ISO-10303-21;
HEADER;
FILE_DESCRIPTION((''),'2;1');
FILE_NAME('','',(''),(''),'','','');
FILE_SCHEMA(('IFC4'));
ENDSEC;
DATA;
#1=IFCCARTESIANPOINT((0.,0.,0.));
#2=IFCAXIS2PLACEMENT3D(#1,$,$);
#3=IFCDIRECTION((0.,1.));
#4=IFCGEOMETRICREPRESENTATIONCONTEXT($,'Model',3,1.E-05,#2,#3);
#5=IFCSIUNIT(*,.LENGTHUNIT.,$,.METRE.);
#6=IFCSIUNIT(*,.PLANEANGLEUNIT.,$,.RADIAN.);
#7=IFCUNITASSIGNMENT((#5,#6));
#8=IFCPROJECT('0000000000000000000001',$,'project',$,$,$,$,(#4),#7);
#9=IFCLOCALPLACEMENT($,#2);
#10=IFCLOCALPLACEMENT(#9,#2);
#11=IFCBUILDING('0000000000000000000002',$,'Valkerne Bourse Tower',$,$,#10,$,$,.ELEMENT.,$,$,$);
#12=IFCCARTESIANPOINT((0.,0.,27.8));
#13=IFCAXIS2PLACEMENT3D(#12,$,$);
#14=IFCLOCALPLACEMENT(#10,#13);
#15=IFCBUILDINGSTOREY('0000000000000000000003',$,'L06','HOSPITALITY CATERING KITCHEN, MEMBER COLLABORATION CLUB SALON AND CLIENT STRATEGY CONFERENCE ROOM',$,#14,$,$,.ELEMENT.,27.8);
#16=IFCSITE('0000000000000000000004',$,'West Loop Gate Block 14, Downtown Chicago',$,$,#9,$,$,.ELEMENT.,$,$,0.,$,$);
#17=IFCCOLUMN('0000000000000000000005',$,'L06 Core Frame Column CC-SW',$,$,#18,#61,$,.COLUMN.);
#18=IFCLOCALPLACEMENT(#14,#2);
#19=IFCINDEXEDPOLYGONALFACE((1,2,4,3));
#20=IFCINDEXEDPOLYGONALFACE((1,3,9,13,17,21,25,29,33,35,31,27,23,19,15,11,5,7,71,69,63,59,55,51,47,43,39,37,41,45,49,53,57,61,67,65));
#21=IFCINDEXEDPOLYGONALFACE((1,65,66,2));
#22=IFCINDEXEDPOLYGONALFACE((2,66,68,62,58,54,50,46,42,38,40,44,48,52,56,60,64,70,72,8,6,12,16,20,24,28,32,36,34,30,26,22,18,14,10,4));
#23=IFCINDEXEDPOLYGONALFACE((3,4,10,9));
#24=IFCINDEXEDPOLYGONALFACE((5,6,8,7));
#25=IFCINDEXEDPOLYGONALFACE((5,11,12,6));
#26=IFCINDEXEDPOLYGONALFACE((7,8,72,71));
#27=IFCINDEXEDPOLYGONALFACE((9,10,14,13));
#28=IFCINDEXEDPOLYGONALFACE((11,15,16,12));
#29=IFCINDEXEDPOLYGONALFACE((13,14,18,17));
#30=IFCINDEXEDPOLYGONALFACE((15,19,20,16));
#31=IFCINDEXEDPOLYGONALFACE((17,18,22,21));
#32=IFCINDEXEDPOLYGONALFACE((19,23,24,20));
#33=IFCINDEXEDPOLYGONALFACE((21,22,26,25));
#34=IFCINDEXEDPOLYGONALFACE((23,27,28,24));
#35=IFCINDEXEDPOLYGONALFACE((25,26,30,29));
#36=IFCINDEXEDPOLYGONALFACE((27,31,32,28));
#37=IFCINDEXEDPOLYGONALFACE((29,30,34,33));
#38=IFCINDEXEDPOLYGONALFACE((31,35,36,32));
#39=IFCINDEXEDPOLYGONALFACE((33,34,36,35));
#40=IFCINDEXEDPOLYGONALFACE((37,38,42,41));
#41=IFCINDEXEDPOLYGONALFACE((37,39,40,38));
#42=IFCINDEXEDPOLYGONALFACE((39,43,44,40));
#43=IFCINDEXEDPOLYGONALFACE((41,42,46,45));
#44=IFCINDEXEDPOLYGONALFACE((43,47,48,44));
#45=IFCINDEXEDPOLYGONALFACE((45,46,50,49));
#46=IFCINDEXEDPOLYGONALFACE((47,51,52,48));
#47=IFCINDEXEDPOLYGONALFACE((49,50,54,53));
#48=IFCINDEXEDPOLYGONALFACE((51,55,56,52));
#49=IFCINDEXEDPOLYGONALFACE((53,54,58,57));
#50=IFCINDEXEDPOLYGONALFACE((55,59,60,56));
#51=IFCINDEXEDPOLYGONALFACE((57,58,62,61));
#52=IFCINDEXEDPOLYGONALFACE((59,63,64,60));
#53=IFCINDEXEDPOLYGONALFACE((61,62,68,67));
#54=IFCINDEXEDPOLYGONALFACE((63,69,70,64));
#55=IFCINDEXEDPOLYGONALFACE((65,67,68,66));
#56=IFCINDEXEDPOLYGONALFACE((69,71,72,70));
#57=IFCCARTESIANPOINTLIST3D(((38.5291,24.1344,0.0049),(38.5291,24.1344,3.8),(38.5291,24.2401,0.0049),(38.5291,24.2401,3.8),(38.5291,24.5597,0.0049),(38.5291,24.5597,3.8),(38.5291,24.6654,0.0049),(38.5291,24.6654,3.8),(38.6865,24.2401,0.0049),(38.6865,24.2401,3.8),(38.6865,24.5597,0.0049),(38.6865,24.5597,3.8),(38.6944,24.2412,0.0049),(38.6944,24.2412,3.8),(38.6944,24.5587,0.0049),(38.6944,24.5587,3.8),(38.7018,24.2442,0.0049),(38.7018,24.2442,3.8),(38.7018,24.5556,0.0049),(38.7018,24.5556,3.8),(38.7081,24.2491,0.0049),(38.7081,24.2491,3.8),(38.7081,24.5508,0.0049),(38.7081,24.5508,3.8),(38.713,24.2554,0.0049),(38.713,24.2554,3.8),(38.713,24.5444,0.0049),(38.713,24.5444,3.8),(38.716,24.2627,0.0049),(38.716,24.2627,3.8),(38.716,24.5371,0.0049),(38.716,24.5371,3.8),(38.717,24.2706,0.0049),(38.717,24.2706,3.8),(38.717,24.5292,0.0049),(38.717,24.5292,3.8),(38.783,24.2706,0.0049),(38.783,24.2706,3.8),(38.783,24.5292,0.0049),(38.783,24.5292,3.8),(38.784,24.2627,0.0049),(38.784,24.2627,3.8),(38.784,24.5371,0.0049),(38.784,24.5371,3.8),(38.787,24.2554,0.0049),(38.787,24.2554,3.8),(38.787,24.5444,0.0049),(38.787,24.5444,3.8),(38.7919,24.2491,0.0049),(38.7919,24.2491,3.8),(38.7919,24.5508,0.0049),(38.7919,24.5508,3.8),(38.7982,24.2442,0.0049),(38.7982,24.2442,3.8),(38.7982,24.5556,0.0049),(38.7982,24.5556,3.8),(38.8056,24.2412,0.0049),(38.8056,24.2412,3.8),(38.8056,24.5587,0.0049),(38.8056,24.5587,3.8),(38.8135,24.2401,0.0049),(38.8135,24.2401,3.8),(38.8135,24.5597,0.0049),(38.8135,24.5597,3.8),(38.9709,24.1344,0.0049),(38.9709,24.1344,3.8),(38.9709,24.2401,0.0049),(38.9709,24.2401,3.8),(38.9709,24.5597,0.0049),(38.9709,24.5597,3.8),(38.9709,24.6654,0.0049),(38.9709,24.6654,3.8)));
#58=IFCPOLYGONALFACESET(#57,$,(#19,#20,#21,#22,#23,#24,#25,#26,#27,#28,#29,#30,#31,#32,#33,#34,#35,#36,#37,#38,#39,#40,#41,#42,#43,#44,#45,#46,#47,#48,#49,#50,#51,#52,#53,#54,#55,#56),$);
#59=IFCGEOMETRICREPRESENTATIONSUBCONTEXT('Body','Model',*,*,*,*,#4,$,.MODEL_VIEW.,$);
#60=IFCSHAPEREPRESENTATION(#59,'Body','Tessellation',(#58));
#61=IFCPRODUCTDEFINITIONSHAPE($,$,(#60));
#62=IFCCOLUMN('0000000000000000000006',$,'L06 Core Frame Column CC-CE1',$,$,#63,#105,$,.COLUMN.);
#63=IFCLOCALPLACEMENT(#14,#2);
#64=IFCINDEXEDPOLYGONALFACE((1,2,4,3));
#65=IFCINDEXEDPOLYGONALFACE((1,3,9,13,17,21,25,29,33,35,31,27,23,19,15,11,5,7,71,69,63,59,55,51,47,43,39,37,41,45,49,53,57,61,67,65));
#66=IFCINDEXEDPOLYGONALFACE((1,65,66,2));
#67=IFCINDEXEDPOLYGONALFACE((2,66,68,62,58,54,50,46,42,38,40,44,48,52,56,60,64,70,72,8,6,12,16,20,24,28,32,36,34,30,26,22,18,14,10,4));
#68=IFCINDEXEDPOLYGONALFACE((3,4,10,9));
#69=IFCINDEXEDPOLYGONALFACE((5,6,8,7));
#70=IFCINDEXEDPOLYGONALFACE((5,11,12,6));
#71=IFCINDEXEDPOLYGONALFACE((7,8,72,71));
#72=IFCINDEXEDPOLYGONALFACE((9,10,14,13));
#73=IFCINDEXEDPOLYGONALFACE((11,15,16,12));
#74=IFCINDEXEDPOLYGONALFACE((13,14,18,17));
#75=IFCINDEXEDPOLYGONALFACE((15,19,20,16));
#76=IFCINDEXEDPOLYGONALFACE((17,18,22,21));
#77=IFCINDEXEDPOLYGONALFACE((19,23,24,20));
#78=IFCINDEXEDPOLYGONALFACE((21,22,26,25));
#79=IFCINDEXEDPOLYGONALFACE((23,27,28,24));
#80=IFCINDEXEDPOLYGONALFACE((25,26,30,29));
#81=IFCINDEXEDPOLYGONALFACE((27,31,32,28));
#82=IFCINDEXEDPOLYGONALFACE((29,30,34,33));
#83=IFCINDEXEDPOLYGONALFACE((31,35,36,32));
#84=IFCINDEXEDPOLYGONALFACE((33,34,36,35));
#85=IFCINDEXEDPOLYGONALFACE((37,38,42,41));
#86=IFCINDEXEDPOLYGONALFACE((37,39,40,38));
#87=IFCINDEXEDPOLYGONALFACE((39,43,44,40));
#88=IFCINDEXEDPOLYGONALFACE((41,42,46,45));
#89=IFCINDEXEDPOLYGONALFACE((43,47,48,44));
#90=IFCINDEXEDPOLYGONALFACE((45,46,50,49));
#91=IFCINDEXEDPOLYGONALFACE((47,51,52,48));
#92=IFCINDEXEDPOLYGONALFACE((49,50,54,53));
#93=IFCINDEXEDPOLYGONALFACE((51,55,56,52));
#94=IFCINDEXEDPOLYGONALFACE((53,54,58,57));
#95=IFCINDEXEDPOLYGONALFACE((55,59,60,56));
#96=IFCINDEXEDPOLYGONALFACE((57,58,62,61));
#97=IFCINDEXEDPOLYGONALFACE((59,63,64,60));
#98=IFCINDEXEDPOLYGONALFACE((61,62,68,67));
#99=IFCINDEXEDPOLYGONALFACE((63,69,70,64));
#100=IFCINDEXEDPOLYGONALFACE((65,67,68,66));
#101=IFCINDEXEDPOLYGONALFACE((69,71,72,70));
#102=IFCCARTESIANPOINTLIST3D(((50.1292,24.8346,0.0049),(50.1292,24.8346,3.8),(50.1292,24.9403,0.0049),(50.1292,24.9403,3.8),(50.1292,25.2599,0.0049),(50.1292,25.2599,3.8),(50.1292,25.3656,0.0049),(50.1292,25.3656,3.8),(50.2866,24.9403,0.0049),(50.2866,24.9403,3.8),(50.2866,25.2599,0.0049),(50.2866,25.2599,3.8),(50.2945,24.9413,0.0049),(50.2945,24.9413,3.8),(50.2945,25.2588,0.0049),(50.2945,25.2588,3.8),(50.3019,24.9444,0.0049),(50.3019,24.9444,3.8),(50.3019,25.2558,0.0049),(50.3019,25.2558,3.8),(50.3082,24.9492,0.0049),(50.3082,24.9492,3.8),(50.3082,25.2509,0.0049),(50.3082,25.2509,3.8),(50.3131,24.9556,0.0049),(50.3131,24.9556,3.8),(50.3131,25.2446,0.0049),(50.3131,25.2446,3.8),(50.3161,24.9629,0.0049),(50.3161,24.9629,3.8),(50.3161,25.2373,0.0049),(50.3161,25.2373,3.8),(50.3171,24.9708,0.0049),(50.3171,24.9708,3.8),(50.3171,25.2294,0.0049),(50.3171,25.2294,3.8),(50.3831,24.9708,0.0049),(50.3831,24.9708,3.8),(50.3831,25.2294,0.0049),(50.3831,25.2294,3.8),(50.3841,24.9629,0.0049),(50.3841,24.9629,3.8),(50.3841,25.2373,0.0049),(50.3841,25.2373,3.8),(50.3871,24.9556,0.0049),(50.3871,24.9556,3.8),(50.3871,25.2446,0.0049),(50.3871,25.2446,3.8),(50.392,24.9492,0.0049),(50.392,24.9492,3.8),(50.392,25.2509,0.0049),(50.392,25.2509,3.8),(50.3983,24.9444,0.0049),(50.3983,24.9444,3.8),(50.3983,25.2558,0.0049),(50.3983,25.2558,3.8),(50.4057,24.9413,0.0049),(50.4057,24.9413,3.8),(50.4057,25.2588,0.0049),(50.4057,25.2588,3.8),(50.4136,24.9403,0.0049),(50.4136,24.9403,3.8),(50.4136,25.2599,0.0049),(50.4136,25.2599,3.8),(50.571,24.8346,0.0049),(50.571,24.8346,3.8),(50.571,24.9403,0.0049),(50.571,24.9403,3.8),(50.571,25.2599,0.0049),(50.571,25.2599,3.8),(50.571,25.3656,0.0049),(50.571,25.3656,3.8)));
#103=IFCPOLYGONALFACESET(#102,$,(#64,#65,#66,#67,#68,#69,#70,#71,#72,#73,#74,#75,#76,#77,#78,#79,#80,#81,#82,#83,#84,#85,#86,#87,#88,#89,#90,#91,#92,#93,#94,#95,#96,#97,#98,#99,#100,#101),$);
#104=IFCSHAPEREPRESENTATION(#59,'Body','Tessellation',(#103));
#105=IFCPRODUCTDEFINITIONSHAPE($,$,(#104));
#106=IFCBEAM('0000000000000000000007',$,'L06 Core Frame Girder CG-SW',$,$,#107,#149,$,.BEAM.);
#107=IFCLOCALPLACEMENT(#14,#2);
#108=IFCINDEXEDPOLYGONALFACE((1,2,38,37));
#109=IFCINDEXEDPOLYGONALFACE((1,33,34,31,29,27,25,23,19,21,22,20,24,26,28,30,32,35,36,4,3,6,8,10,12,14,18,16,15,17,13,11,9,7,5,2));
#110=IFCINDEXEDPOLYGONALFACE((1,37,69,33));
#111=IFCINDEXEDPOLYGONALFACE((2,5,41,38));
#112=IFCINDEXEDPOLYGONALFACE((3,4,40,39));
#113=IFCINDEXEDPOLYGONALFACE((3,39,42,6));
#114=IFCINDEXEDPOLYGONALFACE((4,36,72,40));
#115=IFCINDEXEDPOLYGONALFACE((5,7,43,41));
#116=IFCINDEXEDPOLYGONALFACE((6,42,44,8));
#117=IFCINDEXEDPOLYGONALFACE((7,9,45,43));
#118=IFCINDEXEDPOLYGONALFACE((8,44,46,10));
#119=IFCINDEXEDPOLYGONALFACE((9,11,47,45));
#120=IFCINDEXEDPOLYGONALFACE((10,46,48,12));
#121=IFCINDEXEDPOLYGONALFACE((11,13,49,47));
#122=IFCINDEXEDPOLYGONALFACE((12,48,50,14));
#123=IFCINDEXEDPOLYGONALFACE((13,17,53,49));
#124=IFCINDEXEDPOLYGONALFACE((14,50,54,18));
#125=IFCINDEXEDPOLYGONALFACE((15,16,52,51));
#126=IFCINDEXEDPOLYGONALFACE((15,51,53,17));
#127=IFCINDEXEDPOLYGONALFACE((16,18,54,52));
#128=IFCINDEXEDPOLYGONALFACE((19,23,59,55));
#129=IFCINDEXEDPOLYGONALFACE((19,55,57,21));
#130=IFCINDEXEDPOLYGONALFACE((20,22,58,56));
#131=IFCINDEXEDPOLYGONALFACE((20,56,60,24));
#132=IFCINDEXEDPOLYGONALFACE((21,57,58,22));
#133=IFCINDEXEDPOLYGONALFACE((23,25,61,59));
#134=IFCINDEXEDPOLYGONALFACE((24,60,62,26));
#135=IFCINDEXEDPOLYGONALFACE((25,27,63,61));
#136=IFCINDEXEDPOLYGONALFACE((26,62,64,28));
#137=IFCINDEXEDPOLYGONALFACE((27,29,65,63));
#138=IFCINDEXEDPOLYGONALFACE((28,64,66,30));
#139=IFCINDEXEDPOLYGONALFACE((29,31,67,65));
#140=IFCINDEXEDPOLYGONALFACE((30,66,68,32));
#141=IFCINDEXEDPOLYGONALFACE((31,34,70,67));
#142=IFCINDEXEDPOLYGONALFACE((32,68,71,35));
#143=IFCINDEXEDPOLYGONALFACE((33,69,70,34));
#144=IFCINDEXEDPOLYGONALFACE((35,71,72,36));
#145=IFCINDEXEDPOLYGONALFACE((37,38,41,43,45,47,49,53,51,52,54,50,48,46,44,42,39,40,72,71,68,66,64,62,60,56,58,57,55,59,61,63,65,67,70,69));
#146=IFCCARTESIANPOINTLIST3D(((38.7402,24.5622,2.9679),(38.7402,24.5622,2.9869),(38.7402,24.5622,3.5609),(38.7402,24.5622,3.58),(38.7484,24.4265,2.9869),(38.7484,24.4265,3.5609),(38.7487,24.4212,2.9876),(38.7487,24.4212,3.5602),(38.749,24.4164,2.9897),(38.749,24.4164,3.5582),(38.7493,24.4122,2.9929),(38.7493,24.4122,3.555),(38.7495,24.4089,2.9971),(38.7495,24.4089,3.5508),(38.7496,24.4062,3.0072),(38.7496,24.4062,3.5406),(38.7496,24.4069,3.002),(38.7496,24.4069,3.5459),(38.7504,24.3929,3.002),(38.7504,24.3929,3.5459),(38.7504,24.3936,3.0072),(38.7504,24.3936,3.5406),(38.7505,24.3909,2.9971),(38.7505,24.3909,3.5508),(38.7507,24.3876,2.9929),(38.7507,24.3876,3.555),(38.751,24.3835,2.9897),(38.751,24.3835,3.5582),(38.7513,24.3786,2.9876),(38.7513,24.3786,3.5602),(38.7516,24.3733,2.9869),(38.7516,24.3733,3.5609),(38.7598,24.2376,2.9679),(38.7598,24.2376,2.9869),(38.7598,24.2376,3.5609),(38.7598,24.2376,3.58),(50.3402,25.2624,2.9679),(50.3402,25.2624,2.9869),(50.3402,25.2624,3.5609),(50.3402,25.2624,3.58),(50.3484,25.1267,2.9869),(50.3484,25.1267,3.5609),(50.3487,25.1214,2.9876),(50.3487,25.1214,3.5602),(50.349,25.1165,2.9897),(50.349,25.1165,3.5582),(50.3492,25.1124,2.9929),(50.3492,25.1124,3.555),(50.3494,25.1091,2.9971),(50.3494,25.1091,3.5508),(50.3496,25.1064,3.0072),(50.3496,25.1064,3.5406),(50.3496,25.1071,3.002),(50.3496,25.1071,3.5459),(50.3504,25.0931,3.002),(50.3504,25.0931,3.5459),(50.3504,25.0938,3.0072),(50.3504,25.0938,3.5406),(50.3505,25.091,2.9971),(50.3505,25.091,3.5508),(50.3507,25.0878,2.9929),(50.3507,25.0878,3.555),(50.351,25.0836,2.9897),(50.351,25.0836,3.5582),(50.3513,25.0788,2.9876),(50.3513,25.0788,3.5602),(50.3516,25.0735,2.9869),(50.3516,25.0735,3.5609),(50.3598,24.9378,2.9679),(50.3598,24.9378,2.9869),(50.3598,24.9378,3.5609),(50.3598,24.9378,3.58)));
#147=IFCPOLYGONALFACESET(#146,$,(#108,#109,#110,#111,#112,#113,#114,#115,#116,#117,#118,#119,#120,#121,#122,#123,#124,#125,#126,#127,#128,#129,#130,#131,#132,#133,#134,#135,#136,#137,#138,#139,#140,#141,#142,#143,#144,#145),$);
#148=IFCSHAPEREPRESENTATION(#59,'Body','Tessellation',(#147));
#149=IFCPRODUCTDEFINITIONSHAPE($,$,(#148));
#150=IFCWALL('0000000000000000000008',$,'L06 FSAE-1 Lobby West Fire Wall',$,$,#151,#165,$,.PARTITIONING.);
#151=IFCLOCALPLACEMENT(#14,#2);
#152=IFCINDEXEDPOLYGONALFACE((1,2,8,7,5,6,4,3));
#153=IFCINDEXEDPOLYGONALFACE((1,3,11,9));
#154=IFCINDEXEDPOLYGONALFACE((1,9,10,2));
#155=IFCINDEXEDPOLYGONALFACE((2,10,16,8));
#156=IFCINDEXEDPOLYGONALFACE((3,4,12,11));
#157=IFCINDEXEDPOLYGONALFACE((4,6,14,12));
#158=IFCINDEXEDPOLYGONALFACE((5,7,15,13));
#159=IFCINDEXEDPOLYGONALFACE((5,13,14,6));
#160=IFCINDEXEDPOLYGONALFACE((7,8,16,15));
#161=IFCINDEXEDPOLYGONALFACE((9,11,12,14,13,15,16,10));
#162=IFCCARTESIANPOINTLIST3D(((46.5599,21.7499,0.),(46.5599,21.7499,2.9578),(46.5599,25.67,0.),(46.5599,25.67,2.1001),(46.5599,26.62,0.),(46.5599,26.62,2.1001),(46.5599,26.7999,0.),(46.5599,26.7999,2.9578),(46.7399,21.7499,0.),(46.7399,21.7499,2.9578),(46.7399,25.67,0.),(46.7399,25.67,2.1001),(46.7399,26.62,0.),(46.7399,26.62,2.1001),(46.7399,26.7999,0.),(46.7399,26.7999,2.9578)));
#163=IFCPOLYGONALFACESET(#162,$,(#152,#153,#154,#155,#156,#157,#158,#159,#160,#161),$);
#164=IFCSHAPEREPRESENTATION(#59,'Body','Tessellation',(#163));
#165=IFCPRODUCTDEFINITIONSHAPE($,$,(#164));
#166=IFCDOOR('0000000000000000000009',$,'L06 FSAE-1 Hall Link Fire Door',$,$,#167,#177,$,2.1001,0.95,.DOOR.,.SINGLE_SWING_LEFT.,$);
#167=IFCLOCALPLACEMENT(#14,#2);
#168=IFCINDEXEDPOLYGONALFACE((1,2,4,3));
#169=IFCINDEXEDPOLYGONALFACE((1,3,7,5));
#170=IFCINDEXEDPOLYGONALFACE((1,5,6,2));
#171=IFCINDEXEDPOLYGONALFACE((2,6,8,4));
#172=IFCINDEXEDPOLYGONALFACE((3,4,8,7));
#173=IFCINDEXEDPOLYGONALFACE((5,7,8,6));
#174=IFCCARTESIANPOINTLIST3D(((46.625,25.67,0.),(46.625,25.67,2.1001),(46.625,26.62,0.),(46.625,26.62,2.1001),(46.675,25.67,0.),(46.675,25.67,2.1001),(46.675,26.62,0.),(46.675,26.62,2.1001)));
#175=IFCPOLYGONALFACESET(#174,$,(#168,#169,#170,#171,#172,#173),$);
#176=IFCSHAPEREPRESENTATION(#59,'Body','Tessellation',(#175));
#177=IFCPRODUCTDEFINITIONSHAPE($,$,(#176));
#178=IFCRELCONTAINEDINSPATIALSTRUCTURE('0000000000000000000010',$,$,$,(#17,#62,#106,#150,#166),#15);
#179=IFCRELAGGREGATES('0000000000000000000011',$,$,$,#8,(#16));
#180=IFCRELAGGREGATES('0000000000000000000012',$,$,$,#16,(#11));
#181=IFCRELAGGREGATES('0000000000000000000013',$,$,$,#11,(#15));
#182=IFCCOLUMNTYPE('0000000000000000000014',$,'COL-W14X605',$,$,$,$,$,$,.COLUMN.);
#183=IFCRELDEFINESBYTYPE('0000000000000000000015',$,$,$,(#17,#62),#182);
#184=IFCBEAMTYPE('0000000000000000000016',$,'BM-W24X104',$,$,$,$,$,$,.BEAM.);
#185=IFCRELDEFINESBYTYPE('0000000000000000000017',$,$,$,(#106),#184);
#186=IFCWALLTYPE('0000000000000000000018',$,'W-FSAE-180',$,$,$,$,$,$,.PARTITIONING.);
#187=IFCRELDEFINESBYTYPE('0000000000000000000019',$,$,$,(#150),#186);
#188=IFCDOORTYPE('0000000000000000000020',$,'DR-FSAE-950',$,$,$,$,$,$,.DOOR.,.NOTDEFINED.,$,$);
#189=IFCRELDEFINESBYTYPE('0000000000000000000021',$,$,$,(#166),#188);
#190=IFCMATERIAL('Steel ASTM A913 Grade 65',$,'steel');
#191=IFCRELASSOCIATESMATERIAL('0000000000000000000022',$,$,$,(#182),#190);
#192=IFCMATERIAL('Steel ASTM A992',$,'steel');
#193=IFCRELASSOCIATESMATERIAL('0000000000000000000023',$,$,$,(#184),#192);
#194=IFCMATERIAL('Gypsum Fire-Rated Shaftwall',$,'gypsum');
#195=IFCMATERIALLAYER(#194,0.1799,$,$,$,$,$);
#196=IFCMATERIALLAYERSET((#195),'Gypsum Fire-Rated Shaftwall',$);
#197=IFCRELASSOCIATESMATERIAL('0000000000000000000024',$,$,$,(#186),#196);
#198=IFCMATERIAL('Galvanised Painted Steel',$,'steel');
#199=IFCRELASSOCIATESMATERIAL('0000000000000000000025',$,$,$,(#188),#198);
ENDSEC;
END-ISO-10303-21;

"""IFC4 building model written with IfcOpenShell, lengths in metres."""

from ifc_helpers import new_model, si_unit, direction, frame, frame_2d, origin, origin_2d, place, context, subcontext, project, spatial, rectangle, i_section, extrude, material, layer, layer_set, material_profile, profile_set, type_object, element, fill, save


model = new_model("IFC4")

# Units and contexts
model_context = context("Model", 3, precision=1e-05, world=origin(), true_north=direction((0.0, 1.0)))
body_context = subcontext(model_context, "Body", "Model", "MODEL_VIEW")
ifc_project = project(units=[si_unit("LENGTHUNIT", "METRE"), si_unit("PLANEANGLEUNIT", "RADIAN")], contexts=[model_context])

# Site, building, storey
site_placement = place(None, origin())
site = spatial("IfcSite", under=ifc_project, at=site_placement, Name="West Loop Gate Block 14, Downtown Chicago", CompositionType="ELEMENT", RefElevation=0.0)
building_placement = place(site_placement, origin())
building = spatial("IfcBuilding", under=site, at=building_placement, Name="Valkerne Bourse Tower", CompositionType="ELEMENT")
storey_placement = place(building_placement, frame((0.0, 0.0, 27.8)))
storey = spatial("IfcBuildingStorey", under=building, at=storey_placement, Name="L06", Description="HOSPITALITY CATERING KITCHEN, MEMBER COLLABORATION CLUB SALON AND CLIENT STRATEGY CONFERENCE ROOM", CompositionType="ELEMENT", Elevation=27.8)

# Columns
ifc_material_1 = material(Name="Steel ASTM A913 Grade 65", Category="steel")
ifc_material_profile_1 = material_profile(ifc_material_1, i_section(OverallWidth=0.4419, OverallDepth=0.531, WebThickness=0.0659, FlangeThickness=0.1057, FilletRadius=0.0305, at=origin_2d()), Name="W14X605")
ifc_profile_set_1 = profile_set([ifc_material_profile_1], Name="Steel ASTM A913 Grade 65")
column_type = type_object("IfcColumnType", Name="COL-W14X605", PredefinedType="COLUMN", material=ifc_profile_set_1)
for number, where, z_axis, x_axis, name in (
    (1, (38.75, 24.3999, 0.0049), (0.0, 0.0, 1.0), (1.0, 0.0, 0.0), "L06 Core Frame Column CC-SW"),
    (2, (50.3501, 25.1001, 0.0049), (0.0, 0.0, 1.0), (1.0, 0.0, 0.0), "L06 Core Frame Column CC-CE1"),
):
    element("IfcColumn", number, at=place(storey_placement, frame(where, z_axis=z_axis, x_axis=x_axis)), inside=storey, type_object=column_type, Name=name, PredefinedType="COLUMN", context=body_context, shape_type="SweptSolid", body=[
        extrude(i_section(OverallWidth=0.4419, OverallDepth=0.531, WebThickness=0.0659, FlangeThickness=0.1057, FilletRadius=0.0305, at=origin_2d()), origin(), (0.0, 0.0, 1.0), 3.7952),
    ])

# Beam
ifc_material_2 = material(Name="Steel ASTM A992", Category="steel")
ifc_material_profile_2 = material_profile(ifc_material_2, i_section(OverallWidth=0.3252, OverallDepth=0.6121, WebThickness=0.0127, FlangeThickness=0.019, FilletRadius=0.0203, at=origin_2d()), Name="W24X104")
ifc_profile_set_2 = profile_set([ifc_material_profile_2], Name="Steel ASTM A992")
beam_type = type_object("IfcBeamType", Name="BM-W24X104", PredefinedType="BEAM", material=ifc_profile_set_2)
beam_placement = place(storey_placement, frame((38.75, 24.3999, 3.2739), z_axis=(0.998183, 0.060251, 0.0), x_axis=(-0.060251, 0.998183, 0.0)))
element("IfcBeam", 3, at=beam_placement, inside=storey, type_object=beam_type, Name="L06 Core Frame Girder CG-SW", PredefinedType="BEAM", context=body_context, shape_type="SweptSolid", body=[
    extrude(i_section(OverallWidth=0.3252, OverallDepth=0.6121, WebThickness=0.0127, FlangeThickness=0.019, FilletRadius=0.0203, at=origin_2d()), origin(), (0.0, 0.0, 1.0), 11.6211),
])

# Wall, opening, door
ifc_material_3 = material(Name="Gypsum Fire-Rated Shaftwall", Category="gypsum")
ifc_layer_1 = layer(ifc_material_3, 0.1799)
ifc_layer_set_1 = layer_set([ifc_layer_1], Name="Gypsum Fire-Rated Shaftwall")
wall_type_1 = type_object("IfcWallType", Name="W-FSAE-180", PredefinedType="PARTITIONING", material=ifc_layer_set_1)
wall_1_placement = place(storey_placement, frame((46.6499, 21.75, 0.0), z_axis=(0.0, 0.0, 1.0), x_axis=(0.0, 1.0, 0.0)))
wall_1 = element("IfcWall", 4, at=wall_1_placement, inside=storey, type_object=wall_type_1, Name="L06 FSAE-1 Lobby West Fire Wall", PredefinedType="PARTITIONING", context=body_context, shape_type="SweptSolid", body=[
    extrude(rectangle(XDim=5.05, YDim=0.1799, at=frame_2d((2.5249, 0.0))), origin(), (0.0, 0.0, 1.0), 2.9578),
])
opening_1_placement = place(wall_1_placement, frame((3.9199, 0.0, 0.0)))
opening_1 = element("IfcOpeningElement", 5, at=opening_1_placement, cuts=wall_1, PredefinedType="OPENING", context=body_context, shape_type="SweptSolid", body=[
    extrude(rectangle(XDim=0.95, YDim=2.1001, at=frame_2d((0.4751, 1.05))), frame((0.0, 0.0999, 0.0), z_axis=(0.0, -1.0, 0.0), x_axis=(1.0, 0.0, 0.0)), (0.0, 0.0, 1.0), 0.2),
])
ifc_material_4 = material(Name="Galvanised Painted Steel", Category="steel")
door_type_1 = type_object("IfcDoorType", Name="DR-FSAE-950", OperationType="NOTDEFINED", PredefinedType="DOOR", material=ifc_material_4)
door_1_placement = place(opening_1_placement, origin())
door_1 = element("IfcDoor", 6, at=door_1_placement, inside=storey, type_object=door_type_1, Name="L06 FSAE-1 Hall Link Fire Door", OperationType="SINGLE_SWING_LEFT", OverallHeight=2.1001, OverallWidth=0.95, PredefinedType="DOOR", context=body_context, shape_type="SweptSolid", body=[
    extrude(rectangle(XDim=0.95, YDim=2.1001, at=frame_2d((0.4751, 1.05))), frame((0.0, 0.0249, 0.0), z_axis=(0.0, -1.0, 0.0), x_axis=(1.0, 0.0, 0.0)), (0.0, 0.0, 1.0), 0.05),
])
fill(opening_1, door_1)

save(model, "model.ifc")
